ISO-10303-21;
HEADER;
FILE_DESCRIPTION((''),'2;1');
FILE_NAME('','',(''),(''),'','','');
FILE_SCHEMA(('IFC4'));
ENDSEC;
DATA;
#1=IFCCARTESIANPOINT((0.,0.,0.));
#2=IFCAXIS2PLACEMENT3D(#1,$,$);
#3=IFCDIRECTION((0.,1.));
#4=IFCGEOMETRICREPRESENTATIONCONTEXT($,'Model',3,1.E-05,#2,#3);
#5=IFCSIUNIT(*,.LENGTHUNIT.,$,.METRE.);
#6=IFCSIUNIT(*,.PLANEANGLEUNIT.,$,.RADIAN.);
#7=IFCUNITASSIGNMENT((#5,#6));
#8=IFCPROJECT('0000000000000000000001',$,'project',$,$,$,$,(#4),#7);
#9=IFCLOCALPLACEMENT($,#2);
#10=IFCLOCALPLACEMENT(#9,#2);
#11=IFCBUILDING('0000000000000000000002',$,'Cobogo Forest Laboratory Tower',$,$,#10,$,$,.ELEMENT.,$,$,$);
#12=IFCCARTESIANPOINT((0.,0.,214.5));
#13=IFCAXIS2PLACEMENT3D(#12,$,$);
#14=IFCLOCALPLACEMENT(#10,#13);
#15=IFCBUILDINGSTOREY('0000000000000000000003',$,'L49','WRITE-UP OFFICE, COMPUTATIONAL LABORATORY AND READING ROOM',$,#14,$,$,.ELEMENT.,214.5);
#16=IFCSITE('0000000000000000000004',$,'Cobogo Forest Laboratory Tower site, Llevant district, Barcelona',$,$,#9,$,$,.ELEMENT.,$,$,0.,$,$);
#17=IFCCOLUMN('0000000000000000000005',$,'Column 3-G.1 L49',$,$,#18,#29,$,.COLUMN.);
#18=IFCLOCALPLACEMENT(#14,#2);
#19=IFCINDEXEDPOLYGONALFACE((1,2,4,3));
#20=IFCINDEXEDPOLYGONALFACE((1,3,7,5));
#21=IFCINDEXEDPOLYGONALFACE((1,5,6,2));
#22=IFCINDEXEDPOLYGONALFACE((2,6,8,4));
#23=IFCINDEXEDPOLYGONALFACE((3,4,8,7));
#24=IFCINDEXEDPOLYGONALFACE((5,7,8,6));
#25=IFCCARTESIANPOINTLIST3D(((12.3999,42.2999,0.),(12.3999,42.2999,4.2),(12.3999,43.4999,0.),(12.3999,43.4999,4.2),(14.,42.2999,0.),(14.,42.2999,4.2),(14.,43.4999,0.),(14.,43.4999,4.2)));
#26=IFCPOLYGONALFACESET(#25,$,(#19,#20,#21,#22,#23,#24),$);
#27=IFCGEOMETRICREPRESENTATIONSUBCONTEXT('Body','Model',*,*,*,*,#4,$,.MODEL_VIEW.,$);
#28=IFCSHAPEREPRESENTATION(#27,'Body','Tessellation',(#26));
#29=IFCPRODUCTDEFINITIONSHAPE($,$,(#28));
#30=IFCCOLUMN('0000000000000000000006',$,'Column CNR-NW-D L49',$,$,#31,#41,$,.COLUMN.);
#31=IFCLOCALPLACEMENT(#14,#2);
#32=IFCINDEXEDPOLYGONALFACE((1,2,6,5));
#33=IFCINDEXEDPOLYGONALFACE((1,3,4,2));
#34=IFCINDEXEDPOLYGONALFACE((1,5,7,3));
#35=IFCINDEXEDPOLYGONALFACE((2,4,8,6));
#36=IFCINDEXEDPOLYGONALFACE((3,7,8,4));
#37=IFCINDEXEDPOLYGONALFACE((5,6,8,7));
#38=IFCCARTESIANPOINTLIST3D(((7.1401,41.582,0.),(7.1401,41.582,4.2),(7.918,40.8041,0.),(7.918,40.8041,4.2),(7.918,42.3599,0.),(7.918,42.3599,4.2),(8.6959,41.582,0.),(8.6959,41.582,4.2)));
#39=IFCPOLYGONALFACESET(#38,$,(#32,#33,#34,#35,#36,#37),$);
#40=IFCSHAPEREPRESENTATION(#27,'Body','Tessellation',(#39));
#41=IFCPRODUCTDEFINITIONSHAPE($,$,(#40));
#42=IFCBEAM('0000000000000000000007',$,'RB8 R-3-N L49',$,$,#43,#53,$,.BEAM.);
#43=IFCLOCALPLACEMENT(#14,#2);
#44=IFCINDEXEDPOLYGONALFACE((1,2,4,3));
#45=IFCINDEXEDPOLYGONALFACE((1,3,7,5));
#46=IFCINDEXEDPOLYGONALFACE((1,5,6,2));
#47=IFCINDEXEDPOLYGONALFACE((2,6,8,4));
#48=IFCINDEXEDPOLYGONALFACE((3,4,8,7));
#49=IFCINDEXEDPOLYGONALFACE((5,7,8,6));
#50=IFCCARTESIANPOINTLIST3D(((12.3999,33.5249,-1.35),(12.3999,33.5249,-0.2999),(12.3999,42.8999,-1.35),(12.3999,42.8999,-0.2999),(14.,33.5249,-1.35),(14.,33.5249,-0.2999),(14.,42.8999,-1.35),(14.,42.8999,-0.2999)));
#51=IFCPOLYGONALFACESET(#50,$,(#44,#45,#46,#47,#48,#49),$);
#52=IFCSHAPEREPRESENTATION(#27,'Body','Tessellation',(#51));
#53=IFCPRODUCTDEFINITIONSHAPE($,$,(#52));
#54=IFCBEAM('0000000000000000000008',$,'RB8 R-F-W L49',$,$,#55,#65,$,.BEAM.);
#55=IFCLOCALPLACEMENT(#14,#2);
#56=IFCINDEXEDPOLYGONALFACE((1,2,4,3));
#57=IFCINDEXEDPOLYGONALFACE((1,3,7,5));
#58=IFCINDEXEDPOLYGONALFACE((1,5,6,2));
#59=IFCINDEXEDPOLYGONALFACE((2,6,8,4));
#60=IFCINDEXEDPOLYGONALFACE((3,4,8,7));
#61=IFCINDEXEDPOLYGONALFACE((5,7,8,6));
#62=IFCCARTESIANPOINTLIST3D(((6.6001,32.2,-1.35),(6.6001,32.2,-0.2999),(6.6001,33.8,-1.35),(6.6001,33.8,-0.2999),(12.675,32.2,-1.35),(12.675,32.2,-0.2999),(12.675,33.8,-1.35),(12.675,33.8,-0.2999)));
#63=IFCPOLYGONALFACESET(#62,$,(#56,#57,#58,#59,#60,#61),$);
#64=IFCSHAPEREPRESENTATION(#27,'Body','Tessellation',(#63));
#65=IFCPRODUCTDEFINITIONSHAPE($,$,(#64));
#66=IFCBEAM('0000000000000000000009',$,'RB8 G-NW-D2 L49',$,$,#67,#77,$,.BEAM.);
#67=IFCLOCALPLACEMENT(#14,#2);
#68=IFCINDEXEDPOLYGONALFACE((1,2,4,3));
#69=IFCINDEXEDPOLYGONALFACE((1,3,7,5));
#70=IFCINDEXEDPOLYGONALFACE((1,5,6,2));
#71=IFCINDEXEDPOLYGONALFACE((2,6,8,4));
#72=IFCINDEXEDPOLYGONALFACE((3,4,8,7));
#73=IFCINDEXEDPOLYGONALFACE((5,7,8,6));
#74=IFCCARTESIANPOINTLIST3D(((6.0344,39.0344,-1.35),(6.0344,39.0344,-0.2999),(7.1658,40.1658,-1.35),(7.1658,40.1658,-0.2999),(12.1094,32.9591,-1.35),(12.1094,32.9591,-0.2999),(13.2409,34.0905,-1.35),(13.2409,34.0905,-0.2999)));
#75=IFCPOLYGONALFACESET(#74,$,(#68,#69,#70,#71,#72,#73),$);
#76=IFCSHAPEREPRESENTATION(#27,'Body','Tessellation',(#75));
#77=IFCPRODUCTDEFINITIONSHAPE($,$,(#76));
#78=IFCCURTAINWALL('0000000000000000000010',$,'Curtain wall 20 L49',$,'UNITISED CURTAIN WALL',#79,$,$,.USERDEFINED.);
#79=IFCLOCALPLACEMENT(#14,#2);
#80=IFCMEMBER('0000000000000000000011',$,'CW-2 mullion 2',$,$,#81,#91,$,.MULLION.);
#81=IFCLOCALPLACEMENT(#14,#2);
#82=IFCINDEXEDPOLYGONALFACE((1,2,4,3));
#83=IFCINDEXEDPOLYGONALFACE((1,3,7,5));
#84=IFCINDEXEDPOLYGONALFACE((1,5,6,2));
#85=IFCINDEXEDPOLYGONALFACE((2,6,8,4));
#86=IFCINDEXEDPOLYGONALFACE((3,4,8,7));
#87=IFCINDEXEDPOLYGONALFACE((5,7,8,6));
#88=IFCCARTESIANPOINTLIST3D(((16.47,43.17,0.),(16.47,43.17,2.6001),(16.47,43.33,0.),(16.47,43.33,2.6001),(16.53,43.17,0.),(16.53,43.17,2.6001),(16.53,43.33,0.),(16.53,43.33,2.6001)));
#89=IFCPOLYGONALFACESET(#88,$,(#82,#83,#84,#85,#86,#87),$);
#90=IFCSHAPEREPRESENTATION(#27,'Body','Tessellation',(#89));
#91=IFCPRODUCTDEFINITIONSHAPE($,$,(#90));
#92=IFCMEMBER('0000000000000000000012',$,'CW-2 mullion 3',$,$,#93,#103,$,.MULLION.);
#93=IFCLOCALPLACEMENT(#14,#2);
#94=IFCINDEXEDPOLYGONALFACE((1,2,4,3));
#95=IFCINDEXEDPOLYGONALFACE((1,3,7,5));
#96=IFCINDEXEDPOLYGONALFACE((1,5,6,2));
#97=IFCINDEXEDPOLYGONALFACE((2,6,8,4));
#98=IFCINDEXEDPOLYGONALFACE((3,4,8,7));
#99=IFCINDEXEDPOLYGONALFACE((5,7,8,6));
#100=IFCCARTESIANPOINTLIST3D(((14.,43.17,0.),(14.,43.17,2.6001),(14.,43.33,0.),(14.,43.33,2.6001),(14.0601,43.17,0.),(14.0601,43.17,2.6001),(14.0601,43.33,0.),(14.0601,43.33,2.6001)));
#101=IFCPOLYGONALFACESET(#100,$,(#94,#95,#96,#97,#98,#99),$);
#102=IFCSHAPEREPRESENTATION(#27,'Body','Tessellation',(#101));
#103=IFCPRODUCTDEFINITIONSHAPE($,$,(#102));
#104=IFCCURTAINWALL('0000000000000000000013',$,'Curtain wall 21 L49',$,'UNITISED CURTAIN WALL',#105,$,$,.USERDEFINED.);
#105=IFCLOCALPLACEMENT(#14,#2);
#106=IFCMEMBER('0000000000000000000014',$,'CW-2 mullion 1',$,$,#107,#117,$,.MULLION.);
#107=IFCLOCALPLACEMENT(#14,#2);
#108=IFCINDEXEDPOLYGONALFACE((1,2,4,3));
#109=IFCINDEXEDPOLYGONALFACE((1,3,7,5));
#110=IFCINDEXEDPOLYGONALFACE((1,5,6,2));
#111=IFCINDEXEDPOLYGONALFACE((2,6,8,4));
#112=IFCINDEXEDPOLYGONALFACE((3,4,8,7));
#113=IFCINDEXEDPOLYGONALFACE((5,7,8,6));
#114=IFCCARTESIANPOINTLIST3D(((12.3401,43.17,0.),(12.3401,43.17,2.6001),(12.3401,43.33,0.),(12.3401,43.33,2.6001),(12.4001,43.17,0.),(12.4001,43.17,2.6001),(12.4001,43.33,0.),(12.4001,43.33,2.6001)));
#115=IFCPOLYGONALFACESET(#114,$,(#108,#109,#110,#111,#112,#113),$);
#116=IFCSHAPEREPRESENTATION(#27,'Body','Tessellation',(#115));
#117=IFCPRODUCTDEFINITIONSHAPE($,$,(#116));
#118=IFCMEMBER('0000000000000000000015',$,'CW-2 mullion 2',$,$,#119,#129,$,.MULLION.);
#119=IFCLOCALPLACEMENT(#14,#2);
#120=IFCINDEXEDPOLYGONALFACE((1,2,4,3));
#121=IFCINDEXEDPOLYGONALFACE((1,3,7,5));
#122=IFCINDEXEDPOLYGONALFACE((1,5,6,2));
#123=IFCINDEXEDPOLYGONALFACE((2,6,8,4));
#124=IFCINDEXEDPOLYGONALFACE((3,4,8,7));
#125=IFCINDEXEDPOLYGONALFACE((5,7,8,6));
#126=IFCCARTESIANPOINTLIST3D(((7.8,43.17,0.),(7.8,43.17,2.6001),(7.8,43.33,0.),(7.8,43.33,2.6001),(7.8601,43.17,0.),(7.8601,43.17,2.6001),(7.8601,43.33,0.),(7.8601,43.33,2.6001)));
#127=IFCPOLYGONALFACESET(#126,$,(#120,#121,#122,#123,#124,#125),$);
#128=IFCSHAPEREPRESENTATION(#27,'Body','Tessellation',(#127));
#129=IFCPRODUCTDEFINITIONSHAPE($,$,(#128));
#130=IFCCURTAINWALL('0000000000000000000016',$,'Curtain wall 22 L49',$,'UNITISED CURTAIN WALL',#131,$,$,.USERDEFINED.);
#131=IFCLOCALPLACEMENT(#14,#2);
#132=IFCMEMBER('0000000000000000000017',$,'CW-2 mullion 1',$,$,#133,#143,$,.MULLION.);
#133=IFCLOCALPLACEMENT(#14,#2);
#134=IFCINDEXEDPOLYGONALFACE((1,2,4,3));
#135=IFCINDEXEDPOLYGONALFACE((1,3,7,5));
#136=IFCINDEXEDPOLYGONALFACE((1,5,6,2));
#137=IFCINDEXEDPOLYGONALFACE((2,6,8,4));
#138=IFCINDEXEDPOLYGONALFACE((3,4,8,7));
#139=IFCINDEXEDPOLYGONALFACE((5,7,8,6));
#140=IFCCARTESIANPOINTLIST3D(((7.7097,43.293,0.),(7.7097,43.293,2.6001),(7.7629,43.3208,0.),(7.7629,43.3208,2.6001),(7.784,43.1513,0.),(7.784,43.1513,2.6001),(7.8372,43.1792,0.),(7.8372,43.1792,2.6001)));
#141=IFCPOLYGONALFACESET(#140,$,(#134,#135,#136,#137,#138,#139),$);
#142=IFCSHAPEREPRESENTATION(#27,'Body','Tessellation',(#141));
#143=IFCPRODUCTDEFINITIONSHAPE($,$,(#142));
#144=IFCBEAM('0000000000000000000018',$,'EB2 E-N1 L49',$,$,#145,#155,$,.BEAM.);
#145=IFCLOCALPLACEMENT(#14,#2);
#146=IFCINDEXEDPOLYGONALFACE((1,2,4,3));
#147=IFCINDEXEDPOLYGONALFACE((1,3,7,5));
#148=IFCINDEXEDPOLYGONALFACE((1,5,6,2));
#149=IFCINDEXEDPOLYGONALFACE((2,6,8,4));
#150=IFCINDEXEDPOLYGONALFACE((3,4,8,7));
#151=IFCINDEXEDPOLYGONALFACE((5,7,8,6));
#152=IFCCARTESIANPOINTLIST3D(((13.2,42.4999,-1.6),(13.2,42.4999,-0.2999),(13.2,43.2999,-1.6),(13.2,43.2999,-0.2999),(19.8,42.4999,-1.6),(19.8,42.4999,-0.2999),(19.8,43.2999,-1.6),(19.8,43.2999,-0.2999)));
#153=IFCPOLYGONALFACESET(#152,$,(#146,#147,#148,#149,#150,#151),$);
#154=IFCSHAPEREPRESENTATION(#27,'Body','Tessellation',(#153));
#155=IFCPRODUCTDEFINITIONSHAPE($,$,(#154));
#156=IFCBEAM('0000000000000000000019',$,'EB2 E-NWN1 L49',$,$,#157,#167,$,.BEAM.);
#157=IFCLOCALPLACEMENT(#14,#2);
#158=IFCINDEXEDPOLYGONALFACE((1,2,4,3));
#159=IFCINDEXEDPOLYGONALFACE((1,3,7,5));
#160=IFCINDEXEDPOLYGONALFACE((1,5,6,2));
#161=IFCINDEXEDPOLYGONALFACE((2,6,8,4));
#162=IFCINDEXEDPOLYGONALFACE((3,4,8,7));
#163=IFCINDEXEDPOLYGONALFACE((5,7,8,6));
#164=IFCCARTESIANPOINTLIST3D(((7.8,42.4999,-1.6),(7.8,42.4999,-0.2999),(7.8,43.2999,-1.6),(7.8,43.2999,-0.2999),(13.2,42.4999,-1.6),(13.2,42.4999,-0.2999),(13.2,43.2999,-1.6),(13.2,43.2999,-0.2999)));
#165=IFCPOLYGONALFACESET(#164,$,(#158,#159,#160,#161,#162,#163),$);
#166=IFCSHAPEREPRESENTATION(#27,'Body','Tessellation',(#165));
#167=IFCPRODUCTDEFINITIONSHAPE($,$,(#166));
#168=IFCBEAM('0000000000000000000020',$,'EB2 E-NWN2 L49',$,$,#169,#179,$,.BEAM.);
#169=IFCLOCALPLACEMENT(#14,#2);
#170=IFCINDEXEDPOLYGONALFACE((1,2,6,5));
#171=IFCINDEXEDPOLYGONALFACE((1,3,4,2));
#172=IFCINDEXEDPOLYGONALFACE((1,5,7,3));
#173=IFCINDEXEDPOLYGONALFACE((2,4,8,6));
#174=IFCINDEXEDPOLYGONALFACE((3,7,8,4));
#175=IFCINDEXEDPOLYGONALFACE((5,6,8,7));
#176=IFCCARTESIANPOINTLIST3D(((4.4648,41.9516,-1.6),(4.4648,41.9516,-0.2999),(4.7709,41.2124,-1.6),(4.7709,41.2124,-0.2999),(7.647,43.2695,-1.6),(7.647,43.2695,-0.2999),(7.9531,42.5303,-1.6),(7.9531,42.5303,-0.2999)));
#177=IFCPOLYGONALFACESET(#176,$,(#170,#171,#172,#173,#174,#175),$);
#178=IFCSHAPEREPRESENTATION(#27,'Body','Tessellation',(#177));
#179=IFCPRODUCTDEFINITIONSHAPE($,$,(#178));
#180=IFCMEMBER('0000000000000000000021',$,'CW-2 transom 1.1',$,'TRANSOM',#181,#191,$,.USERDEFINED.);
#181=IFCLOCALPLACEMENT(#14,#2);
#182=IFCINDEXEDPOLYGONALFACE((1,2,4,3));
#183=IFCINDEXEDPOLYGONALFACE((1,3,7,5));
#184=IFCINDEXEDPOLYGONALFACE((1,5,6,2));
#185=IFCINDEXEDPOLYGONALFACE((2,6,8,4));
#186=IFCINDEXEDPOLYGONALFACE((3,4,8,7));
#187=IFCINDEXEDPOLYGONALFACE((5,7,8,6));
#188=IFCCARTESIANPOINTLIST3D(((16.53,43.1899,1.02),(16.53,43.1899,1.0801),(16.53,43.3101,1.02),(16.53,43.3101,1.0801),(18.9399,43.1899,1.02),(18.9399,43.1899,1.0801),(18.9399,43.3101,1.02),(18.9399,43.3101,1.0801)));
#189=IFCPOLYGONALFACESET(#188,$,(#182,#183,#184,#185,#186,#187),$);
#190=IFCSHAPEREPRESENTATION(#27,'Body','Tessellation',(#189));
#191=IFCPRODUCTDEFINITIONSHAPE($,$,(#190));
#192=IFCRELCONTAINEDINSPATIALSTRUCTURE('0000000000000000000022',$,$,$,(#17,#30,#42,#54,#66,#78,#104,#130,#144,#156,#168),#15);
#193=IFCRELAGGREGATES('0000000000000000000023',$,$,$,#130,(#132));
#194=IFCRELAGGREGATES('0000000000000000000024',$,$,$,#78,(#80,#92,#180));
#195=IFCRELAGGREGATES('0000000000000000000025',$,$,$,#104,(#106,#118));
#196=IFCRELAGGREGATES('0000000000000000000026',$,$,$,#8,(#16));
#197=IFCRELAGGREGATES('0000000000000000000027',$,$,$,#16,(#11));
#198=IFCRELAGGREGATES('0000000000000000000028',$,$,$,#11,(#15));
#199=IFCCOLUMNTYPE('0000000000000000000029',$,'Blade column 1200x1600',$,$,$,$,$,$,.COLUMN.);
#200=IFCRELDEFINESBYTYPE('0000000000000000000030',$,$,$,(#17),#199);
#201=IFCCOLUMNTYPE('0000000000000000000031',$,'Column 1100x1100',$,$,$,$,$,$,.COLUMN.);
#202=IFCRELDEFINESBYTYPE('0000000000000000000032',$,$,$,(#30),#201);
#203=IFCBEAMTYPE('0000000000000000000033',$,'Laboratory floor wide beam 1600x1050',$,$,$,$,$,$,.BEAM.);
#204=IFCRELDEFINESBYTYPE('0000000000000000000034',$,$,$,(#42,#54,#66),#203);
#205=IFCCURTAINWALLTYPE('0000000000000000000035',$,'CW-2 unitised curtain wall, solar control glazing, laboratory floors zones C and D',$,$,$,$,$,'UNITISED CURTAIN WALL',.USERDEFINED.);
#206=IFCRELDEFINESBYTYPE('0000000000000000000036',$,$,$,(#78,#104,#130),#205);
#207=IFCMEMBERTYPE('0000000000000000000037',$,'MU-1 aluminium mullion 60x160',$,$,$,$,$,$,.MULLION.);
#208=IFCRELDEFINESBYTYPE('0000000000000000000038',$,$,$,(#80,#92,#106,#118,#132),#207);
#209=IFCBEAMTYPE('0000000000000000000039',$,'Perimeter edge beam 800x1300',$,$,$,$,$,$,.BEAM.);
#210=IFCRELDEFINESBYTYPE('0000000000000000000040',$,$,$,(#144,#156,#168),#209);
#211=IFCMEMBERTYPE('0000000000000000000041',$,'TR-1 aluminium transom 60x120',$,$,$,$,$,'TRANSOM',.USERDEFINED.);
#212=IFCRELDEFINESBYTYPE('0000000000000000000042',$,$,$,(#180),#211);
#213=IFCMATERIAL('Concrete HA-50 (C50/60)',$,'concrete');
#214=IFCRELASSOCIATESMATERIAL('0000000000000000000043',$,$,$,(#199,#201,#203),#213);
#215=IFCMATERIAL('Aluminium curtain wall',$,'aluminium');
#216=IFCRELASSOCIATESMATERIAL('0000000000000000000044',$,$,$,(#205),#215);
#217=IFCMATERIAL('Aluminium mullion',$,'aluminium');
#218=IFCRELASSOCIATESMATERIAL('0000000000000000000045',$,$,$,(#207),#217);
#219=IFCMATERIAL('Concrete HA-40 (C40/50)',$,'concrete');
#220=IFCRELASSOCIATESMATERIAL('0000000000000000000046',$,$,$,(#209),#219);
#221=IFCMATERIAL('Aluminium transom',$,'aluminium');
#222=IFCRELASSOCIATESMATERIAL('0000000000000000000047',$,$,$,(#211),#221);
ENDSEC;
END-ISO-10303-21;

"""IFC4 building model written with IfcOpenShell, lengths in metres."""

from ifc_helpers import new_model, si_unit, direction, frame, origin, origin_2d, place, context, subcontext, project, spatial, rectangle, extrude, material, material_profile, profile_set, type_object, element, aggregate, save


model = new_model("IFC4")

# Units and contexts
model_context = context("Model", 3, precision=1e-05, world=origin(), true_north=direction((0.0, 1.0)))
body_context = subcontext(model_context, "Body", "Model", "MODEL_VIEW")
ifc_project = project(units=[si_unit("LENGTHUNIT", "METRE"), si_unit("PLANEANGLEUNIT", "RADIAN")], contexts=[model_context])

# Site, building, storey
site_placement = place(None, origin())
site = spatial("IfcSite", under=ifc_project, at=site_placement, Name="Cobogo Forest Laboratory Tower site, Llevant district, Barcelona", CompositionType="ELEMENT", RefElevation=0.0)
building_placement = place(site_placement, origin())
building = spatial("IfcBuilding", under=site, at=building_placement, Name="Cobogo Forest Laboratory Tower", CompositionType="ELEMENT")
storey_placement = place(building_placement, frame((0.0, 0.0, 214.5)))
storey = spatial("IfcBuildingStorey", under=building, at=storey_placement, Name="L49", Description="WRITE-UP OFFICE, COMPUTATIONAL LABORATORY AND READING ROOM", CompositionType="ELEMENT", Elevation=214.5)

# Columns
ifc_material_1 = material(Name="Concrete HA-50 (C50/60)", Category="concrete")
ifc_material_profile_1 = material_profile(ifc_material_1, rectangle(XDim=1.6001, YDim=1.2, at=origin_2d()), Name="RC 1200x1600")
ifc_profile_set_1 = profile_set([ifc_material_profile_1], Name="Concrete HA-50 (C50/60)")
column_type_1 = type_object("IfcColumnType", Name="Blade column 1200x1600", PredefinedType="COLUMN", material=ifc_profile_set_1)
column_1_placement = place(storey_placement, frame((13.2, 42.8999, 0.0), z_axis=(0.0, 0.0, 1.0), x_axis=(1.0, 0.0, 0.0)))
element("IfcColumn", 1, at=column_1_placement, inside=storey, type_object=column_type_1, Name="Column 3-G.1 L49", PredefinedType="COLUMN", context=body_context, shape_type="SweptSolid", body=[
    extrude(rectangle(XDim=1.6001, YDim=1.2, at=origin_2d()), origin(), (0.0, 0.0, 1.0), 4.2),
])
ifc_material_profile_2 = material_profile(ifc_material_1, rectangle(XDim=1.1001, YDim=1.1001, at=origin_2d()), Name="RC 1100x1100")
ifc_profile_set_2 = profile_set([ifc_material_profile_2], Name="Concrete HA-50 (C50/60)")
column_type_2 = type_object("IfcColumnType", Name="Column 1100x1100", PredefinedType="COLUMN", material=ifc_profile_set_2)
column_2_placement = place(storey_placement, frame((7.918, 41.582, 0.0), z_axis=(0.0, 0.0, 1.0), x_axis=(0.707107, 0.707107, 0.0)))
element("IfcColumn", 2, at=column_2_placement, inside=storey, type_object=column_type_2, Name="Column CNR-NW-D L49", PredefinedType="COLUMN", context=body_context, shape_type="SweptSolid", body=[
    extrude(rectangle(XDim=1.1001, YDim=1.1001, at=origin_2d()), origin(), (0.0, 0.0, 1.0), 4.2),
])

# Beams
ifc_material_profile_3 = material_profile(ifc_material_1, rectangle(XDim=1.6001, YDim=1.05, at=origin_2d()), Name="RC 1600x1050")
ifc_profile_set_3 = profile_set([ifc_material_profile_3], Name="Concrete HA-50 (C50/60)")
beam_type_1 = type_object("IfcBeamType", Name="Laboratory floor wide beam 1600x1050", PredefinedType="BEAM", material=ifc_profile_set_3)
beam_1_placement = place(storey_placement, frame((13.2, 33.5249, -0.825), z_axis=(0.0, 1.0, 0.0), x_axis=(-1.0, 0.0, 0.0)))
element("IfcBeam", 3, at=beam_1_placement, inside=storey, type_object=beam_type_1, Name="RB8 R-3-N L49", PredefinedType="BEAM", context=body_context, shape_type="SweptSolid", body=[
    extrude(rectangle(XDim=1.6001, YDim=1.05, at=origin_2d()), origin(), (0.0, 0.0, 1.0), 9.375),
])
beam_2_placement = place(storey_placement, frame((12.675, 33.0, -0.825), z_axis=(-1.0, 0.0, 0.0), x_axis=(0.0, -1.0, 0.0)))
element("IfcBeam", 4, at=beam_2_placement, inside=storey, type_object=beam_type_1, Name="RB8 R-F-W L49", PredefinedType="BEAM", context=body_context, shape_type="SweptSolid", body=[
    extrude(rectangle(XDim=1.6001, YDim=1.05, at=origin_2d()), origin(), (0.0, 0.0, 1.0), 6.075),
])
beam_3_placement = place(storey_placement, frame((6.6001, 39.6001, -0.825), z_axis=(0.707093, -0.707121, 0.0), x_axis=(0.707121, 0.707093, 0.0)))
element("IfcBeam", 5, at=beam_3_placement, inside=storey, type_object=beam_type_1, Name="RB8 G-NW-D2 L49", PredefinedType="BEAM", context=body_context, shape_type="SweptSolid", body=[
    extrude(rectangle(XDim=1.6001, YDim=1.05, at=origin_2d()), origin(), (0.0, 0.0, 1.0), 8.5916),
])

# Curtain walls, members
ifc_material_2 = material(Name="Aluminium curtain wall", Category="aluminium")
curtain_wall_type = type_object("IfcCurtainWallType", Name="CW-2 unitised curtain wall, solar control glazing, laboratory floors zones C and D", ElementType="UNITISED CURTAIN WALL", PredefinedType="USERDEFINED", material=ifc_material_2)
curtain_wall_1_placement = place(storey_placement, origin())
curtain_wall_1 = element("IfcCurtainWall", 6, at=curtain_wall_1_placement, inside=storey, type_object=curtain_wall_type, Name="Curtain wall 20 L49", ObjectType="UNITISED CURTAIN WALL", PredefinedType="USERDEFINED")
ifc_material_3 = material(Name="Aluminium mullion", Category="aluminium")
ifc_material_profile_4 = material_profile(ifc_material_3, rectangle(XDim=0.0601, YDim=0.1599, at=origin_2d()), Name="AL 60x160")
ifc_profile_set_4 = profile_set([ifc_material_profile_4], Name="Aluminium mullion")
member_type_1 = type_object("IfcMemberType", Name="MU-1 aluminium mullion 60x160", PredefinedType="MULLION", material=ifc_profile_set_4)
member_1_placement = place(storey_placement, frame((16.5, 43.25, 0.0), z_axis=(0.0, 0.0, 1.0), x_axis=(-1.0, 0.0, 0.0)))
member_1 = element("IfcMember", 7, at=member_1_placement, type_object=member_type_1, Name="CW-2 mullion 2", PredefinedType="MULLION", context=body_context, shape_type="SweptSolid", body=[
    extrude(rectangle(XDim=0.0601, YDim=0.1599, at=origin_2d()), origin(), (0.0, 0.0, 1.0), 2.6001),
])
member_2_placement = place(storey_placement, frame((14.03, 43.25, 0.0), z_axis=(0.0, 0.0, 1.0), x_axis=(-1.0, 0.0, 0.0)))
member_2 = element("IfcMember", 8, at=member_2_placement, type_object=member_type_1, Name="CW-2 mullion 3", PredefinedType="MULLION", context=body_context, shape_type="SweptSolid", body=[
    extrude(rectangle(XDim=0.0601, YDim=0.1599, at=origin_2d()), origin(), (0.0, 0.0, 1.0), 2.6001),
])
curtain_wall_2_placement = place(storey_placement, origin())
curtain_wall_2 = element("IfcCurtainWall", 9, at=curtain_wall_2_placement, inside=storey, type_object=curtain_wall_type, Name="Curtain wall 21 L49", ObjectType="UNITISED CURTAIN WALL", PredefinedType="USERDEFINED")
member_3_placement = place(storey_placement, frame((12.3701, 43.25, 0.0), z_axis=(0.0, 0.0, 1.0), x_axis=(-1.0, 0.0, 0.0)))
member_3 = element("IfcMember", 10, at=member_3_placement, type_object=member_type_1, Name="CW-2 mullion 1", PredefinedType="MULLION", context=body_context, shape_type="SweptSolid", body=[
    extrude(rectangle(XDim=0.0601, YDim=0.1599, at=origin_2d()), origin(), (0.0, 0.0, 1.0), 2.6001),
])
member_4_placement = place(storey_placement, frame((7.8301, 43.25, 0.0), z_axis=(0.0, 0.0, 1.0), x_axis=(-1.0, 0.0, 0.0)))
member_4 = element("IfcMember", 11, at=member_4_placement, type_object=member_type_1, Name="CW-2 mullion 2", PredefinedType="MULLION", context=body_context, shape_type="SweptSolid", body=[
    extrude(rectangle(XDim=0.0601, YDim=0.1599, at=origin_2d()), origin(), (0.0, 0.0, 1.0), 2.6001),
])

# Curtain wall, member
curtain_wall_3_placement = place(storey_placement, origin())
curtain_wall_3 = element("IfcCurtainWall", 12, at=curtain_wall_3_placement, inside=storey, type_object=curtain_wall_type, Name="Curtain wall 22 L49", ObjectType="UNITISED CURTAIN WALL", PredefinedType="USERDEFINED")
member_5_placement = place(storey_placement, frame((7.7734, 43.2361, 0.0), z_axis=(0.0, 0.0, 1.0), x_axis=(-0.885686, -0.464284, 0.0)))
member_5 = element("IfcMember", 13, at=member_5_placement, type_object=member_type_1, Name="CW-2 mullion 1", PredefinedType="MULLION", context=body_context, shape_type="SweptSolid", body=[
    extrude(rectangle(XDim=0.0601, YDim=0.1599, at=origin_2d()), origin(), (0.0, 0.0, 1.0), 2.6001),
])

# Beams
ifc_material_4 = material(Name="Concrete HA-40 (C40/50)", Category="concrete")
ifc_material_profile_5 = material_profile(ifc_material_4, rectangle(XDim=0.8, YDim=1.3, at=origin_2d()), Name="RC 800x1300")
ifc_profile_set_5 = profile_set([ifc_material_profile_5], Name="Concrete HA-40 (C40/50)")
beam_type_2 = type_object("IfcBeamType", Name="Perimeter edge beam 800x1300", PredefinedType="BEAM", material=ifc_profile_set_5)
beam_4_placement = place(storey_placement, frame((13.2, 42.8999, -0.95), z_axis=(1.0, 0.0, 0.0), x_axis=(0.0, 1.0, 0.0)))
element("IfcBeam", 14, at=beam_4_placement, inside=storey, type_object=beam_type_2, Name="EB2 E-N1 L49", PredefinedType="BEAM", context=body_context, shape_type="SweptSolid", body=[
    extrude(rectangle(XDim=0.8, YDim=1.3, at=origin_2d()), origin(), (0.0, 0.0, 1.0), 6.6001),
])
beam_5_placement = place(storey_placement, frame((13.2, 42.8999, -0.95), z_axis=(-1.0, 0.0, 0.0), x_axis=(0.0, -1.0, 0.0)))
element("IfcBeam", 15, at=beam_5_placement, inside=storey, type_object=beam_type_2, Name="EB2 E-NWN1 L49", PredefinedType="BEAM", context=body_context, shape_type="SweptSolid", body=[
    extrude(rectangle(XDim=0.8, YDim=1.3, at=origin_2d()), origin(), (0.0, 0.0, 1.0), 5.3999),
])
beam_6_placement = place(storey_placement, frame((7.8, 42.8999, -0.95), z_axis=(-0.923901, -0.382631, 0.0), x_axis=(0.382631, -0.923901, 0.0)))
element("IfcBeam", 16, at=beam_6_placement, inside=storey, type_object=beam_type_2, Name="EB2 E-NWN2 L49", PredefinedType="BEAM", context=body_context, shape_type="SweptSolid", body=[
    extrude(rectangle(XDim=0.8, YDim=1.3, at=origin_2d()), origin(), (0.0, 0.0, 1.0), 3.4443),
])

# Member
ifc_material_5 = material(Name="Aluminium transom", Category="aluminium")
ifc_material_profile_6 = material_profile(ifc_material_5, rectangle(XDim=0.1201, YDim=0.0601, at=origin_2d()), Name="AL 60x120")
ifc_profile_set_6 = profile_set([ifc_material_profile_6], Name="Aluminium transom")
member_type_2 = type_object("IfcMemberType", Name="TR-1 aluminium transom 60x120", ElementType="TRANSOM", PredefinedType="USERDEFINED", material=ifc_profile_set_6)
member_6_placement = place(storey_placement, frame((18.9399, 43.25, 1.05), z_axis=(-1.0, 0.0, 0.0), x_axis=(0.0, -1.0, 0.0)))
member_6 = element("IfcMember", 17, at=member_6_placement, type_object=member_type_2, Name="CW-2 transom 1.1", ObjectType="TRANSOM", PredefinedType="USERDEFINED", context=body_context, shape_type="SweptSolid", body=[
    extrude(rectangle(XDim=0.1201, YDim=0.0601, at=origin_2d()), origin(), (0.0, 0.0, 1.0), 2.4099),
])
aggregate(curtain_wall_3, [member_5])

aggregate(curtain_wall_1, [member_1, member_2, member_6])
aggregate(curtain_wall_2, [member_3, member_4])

save(model, "model.ifc")
